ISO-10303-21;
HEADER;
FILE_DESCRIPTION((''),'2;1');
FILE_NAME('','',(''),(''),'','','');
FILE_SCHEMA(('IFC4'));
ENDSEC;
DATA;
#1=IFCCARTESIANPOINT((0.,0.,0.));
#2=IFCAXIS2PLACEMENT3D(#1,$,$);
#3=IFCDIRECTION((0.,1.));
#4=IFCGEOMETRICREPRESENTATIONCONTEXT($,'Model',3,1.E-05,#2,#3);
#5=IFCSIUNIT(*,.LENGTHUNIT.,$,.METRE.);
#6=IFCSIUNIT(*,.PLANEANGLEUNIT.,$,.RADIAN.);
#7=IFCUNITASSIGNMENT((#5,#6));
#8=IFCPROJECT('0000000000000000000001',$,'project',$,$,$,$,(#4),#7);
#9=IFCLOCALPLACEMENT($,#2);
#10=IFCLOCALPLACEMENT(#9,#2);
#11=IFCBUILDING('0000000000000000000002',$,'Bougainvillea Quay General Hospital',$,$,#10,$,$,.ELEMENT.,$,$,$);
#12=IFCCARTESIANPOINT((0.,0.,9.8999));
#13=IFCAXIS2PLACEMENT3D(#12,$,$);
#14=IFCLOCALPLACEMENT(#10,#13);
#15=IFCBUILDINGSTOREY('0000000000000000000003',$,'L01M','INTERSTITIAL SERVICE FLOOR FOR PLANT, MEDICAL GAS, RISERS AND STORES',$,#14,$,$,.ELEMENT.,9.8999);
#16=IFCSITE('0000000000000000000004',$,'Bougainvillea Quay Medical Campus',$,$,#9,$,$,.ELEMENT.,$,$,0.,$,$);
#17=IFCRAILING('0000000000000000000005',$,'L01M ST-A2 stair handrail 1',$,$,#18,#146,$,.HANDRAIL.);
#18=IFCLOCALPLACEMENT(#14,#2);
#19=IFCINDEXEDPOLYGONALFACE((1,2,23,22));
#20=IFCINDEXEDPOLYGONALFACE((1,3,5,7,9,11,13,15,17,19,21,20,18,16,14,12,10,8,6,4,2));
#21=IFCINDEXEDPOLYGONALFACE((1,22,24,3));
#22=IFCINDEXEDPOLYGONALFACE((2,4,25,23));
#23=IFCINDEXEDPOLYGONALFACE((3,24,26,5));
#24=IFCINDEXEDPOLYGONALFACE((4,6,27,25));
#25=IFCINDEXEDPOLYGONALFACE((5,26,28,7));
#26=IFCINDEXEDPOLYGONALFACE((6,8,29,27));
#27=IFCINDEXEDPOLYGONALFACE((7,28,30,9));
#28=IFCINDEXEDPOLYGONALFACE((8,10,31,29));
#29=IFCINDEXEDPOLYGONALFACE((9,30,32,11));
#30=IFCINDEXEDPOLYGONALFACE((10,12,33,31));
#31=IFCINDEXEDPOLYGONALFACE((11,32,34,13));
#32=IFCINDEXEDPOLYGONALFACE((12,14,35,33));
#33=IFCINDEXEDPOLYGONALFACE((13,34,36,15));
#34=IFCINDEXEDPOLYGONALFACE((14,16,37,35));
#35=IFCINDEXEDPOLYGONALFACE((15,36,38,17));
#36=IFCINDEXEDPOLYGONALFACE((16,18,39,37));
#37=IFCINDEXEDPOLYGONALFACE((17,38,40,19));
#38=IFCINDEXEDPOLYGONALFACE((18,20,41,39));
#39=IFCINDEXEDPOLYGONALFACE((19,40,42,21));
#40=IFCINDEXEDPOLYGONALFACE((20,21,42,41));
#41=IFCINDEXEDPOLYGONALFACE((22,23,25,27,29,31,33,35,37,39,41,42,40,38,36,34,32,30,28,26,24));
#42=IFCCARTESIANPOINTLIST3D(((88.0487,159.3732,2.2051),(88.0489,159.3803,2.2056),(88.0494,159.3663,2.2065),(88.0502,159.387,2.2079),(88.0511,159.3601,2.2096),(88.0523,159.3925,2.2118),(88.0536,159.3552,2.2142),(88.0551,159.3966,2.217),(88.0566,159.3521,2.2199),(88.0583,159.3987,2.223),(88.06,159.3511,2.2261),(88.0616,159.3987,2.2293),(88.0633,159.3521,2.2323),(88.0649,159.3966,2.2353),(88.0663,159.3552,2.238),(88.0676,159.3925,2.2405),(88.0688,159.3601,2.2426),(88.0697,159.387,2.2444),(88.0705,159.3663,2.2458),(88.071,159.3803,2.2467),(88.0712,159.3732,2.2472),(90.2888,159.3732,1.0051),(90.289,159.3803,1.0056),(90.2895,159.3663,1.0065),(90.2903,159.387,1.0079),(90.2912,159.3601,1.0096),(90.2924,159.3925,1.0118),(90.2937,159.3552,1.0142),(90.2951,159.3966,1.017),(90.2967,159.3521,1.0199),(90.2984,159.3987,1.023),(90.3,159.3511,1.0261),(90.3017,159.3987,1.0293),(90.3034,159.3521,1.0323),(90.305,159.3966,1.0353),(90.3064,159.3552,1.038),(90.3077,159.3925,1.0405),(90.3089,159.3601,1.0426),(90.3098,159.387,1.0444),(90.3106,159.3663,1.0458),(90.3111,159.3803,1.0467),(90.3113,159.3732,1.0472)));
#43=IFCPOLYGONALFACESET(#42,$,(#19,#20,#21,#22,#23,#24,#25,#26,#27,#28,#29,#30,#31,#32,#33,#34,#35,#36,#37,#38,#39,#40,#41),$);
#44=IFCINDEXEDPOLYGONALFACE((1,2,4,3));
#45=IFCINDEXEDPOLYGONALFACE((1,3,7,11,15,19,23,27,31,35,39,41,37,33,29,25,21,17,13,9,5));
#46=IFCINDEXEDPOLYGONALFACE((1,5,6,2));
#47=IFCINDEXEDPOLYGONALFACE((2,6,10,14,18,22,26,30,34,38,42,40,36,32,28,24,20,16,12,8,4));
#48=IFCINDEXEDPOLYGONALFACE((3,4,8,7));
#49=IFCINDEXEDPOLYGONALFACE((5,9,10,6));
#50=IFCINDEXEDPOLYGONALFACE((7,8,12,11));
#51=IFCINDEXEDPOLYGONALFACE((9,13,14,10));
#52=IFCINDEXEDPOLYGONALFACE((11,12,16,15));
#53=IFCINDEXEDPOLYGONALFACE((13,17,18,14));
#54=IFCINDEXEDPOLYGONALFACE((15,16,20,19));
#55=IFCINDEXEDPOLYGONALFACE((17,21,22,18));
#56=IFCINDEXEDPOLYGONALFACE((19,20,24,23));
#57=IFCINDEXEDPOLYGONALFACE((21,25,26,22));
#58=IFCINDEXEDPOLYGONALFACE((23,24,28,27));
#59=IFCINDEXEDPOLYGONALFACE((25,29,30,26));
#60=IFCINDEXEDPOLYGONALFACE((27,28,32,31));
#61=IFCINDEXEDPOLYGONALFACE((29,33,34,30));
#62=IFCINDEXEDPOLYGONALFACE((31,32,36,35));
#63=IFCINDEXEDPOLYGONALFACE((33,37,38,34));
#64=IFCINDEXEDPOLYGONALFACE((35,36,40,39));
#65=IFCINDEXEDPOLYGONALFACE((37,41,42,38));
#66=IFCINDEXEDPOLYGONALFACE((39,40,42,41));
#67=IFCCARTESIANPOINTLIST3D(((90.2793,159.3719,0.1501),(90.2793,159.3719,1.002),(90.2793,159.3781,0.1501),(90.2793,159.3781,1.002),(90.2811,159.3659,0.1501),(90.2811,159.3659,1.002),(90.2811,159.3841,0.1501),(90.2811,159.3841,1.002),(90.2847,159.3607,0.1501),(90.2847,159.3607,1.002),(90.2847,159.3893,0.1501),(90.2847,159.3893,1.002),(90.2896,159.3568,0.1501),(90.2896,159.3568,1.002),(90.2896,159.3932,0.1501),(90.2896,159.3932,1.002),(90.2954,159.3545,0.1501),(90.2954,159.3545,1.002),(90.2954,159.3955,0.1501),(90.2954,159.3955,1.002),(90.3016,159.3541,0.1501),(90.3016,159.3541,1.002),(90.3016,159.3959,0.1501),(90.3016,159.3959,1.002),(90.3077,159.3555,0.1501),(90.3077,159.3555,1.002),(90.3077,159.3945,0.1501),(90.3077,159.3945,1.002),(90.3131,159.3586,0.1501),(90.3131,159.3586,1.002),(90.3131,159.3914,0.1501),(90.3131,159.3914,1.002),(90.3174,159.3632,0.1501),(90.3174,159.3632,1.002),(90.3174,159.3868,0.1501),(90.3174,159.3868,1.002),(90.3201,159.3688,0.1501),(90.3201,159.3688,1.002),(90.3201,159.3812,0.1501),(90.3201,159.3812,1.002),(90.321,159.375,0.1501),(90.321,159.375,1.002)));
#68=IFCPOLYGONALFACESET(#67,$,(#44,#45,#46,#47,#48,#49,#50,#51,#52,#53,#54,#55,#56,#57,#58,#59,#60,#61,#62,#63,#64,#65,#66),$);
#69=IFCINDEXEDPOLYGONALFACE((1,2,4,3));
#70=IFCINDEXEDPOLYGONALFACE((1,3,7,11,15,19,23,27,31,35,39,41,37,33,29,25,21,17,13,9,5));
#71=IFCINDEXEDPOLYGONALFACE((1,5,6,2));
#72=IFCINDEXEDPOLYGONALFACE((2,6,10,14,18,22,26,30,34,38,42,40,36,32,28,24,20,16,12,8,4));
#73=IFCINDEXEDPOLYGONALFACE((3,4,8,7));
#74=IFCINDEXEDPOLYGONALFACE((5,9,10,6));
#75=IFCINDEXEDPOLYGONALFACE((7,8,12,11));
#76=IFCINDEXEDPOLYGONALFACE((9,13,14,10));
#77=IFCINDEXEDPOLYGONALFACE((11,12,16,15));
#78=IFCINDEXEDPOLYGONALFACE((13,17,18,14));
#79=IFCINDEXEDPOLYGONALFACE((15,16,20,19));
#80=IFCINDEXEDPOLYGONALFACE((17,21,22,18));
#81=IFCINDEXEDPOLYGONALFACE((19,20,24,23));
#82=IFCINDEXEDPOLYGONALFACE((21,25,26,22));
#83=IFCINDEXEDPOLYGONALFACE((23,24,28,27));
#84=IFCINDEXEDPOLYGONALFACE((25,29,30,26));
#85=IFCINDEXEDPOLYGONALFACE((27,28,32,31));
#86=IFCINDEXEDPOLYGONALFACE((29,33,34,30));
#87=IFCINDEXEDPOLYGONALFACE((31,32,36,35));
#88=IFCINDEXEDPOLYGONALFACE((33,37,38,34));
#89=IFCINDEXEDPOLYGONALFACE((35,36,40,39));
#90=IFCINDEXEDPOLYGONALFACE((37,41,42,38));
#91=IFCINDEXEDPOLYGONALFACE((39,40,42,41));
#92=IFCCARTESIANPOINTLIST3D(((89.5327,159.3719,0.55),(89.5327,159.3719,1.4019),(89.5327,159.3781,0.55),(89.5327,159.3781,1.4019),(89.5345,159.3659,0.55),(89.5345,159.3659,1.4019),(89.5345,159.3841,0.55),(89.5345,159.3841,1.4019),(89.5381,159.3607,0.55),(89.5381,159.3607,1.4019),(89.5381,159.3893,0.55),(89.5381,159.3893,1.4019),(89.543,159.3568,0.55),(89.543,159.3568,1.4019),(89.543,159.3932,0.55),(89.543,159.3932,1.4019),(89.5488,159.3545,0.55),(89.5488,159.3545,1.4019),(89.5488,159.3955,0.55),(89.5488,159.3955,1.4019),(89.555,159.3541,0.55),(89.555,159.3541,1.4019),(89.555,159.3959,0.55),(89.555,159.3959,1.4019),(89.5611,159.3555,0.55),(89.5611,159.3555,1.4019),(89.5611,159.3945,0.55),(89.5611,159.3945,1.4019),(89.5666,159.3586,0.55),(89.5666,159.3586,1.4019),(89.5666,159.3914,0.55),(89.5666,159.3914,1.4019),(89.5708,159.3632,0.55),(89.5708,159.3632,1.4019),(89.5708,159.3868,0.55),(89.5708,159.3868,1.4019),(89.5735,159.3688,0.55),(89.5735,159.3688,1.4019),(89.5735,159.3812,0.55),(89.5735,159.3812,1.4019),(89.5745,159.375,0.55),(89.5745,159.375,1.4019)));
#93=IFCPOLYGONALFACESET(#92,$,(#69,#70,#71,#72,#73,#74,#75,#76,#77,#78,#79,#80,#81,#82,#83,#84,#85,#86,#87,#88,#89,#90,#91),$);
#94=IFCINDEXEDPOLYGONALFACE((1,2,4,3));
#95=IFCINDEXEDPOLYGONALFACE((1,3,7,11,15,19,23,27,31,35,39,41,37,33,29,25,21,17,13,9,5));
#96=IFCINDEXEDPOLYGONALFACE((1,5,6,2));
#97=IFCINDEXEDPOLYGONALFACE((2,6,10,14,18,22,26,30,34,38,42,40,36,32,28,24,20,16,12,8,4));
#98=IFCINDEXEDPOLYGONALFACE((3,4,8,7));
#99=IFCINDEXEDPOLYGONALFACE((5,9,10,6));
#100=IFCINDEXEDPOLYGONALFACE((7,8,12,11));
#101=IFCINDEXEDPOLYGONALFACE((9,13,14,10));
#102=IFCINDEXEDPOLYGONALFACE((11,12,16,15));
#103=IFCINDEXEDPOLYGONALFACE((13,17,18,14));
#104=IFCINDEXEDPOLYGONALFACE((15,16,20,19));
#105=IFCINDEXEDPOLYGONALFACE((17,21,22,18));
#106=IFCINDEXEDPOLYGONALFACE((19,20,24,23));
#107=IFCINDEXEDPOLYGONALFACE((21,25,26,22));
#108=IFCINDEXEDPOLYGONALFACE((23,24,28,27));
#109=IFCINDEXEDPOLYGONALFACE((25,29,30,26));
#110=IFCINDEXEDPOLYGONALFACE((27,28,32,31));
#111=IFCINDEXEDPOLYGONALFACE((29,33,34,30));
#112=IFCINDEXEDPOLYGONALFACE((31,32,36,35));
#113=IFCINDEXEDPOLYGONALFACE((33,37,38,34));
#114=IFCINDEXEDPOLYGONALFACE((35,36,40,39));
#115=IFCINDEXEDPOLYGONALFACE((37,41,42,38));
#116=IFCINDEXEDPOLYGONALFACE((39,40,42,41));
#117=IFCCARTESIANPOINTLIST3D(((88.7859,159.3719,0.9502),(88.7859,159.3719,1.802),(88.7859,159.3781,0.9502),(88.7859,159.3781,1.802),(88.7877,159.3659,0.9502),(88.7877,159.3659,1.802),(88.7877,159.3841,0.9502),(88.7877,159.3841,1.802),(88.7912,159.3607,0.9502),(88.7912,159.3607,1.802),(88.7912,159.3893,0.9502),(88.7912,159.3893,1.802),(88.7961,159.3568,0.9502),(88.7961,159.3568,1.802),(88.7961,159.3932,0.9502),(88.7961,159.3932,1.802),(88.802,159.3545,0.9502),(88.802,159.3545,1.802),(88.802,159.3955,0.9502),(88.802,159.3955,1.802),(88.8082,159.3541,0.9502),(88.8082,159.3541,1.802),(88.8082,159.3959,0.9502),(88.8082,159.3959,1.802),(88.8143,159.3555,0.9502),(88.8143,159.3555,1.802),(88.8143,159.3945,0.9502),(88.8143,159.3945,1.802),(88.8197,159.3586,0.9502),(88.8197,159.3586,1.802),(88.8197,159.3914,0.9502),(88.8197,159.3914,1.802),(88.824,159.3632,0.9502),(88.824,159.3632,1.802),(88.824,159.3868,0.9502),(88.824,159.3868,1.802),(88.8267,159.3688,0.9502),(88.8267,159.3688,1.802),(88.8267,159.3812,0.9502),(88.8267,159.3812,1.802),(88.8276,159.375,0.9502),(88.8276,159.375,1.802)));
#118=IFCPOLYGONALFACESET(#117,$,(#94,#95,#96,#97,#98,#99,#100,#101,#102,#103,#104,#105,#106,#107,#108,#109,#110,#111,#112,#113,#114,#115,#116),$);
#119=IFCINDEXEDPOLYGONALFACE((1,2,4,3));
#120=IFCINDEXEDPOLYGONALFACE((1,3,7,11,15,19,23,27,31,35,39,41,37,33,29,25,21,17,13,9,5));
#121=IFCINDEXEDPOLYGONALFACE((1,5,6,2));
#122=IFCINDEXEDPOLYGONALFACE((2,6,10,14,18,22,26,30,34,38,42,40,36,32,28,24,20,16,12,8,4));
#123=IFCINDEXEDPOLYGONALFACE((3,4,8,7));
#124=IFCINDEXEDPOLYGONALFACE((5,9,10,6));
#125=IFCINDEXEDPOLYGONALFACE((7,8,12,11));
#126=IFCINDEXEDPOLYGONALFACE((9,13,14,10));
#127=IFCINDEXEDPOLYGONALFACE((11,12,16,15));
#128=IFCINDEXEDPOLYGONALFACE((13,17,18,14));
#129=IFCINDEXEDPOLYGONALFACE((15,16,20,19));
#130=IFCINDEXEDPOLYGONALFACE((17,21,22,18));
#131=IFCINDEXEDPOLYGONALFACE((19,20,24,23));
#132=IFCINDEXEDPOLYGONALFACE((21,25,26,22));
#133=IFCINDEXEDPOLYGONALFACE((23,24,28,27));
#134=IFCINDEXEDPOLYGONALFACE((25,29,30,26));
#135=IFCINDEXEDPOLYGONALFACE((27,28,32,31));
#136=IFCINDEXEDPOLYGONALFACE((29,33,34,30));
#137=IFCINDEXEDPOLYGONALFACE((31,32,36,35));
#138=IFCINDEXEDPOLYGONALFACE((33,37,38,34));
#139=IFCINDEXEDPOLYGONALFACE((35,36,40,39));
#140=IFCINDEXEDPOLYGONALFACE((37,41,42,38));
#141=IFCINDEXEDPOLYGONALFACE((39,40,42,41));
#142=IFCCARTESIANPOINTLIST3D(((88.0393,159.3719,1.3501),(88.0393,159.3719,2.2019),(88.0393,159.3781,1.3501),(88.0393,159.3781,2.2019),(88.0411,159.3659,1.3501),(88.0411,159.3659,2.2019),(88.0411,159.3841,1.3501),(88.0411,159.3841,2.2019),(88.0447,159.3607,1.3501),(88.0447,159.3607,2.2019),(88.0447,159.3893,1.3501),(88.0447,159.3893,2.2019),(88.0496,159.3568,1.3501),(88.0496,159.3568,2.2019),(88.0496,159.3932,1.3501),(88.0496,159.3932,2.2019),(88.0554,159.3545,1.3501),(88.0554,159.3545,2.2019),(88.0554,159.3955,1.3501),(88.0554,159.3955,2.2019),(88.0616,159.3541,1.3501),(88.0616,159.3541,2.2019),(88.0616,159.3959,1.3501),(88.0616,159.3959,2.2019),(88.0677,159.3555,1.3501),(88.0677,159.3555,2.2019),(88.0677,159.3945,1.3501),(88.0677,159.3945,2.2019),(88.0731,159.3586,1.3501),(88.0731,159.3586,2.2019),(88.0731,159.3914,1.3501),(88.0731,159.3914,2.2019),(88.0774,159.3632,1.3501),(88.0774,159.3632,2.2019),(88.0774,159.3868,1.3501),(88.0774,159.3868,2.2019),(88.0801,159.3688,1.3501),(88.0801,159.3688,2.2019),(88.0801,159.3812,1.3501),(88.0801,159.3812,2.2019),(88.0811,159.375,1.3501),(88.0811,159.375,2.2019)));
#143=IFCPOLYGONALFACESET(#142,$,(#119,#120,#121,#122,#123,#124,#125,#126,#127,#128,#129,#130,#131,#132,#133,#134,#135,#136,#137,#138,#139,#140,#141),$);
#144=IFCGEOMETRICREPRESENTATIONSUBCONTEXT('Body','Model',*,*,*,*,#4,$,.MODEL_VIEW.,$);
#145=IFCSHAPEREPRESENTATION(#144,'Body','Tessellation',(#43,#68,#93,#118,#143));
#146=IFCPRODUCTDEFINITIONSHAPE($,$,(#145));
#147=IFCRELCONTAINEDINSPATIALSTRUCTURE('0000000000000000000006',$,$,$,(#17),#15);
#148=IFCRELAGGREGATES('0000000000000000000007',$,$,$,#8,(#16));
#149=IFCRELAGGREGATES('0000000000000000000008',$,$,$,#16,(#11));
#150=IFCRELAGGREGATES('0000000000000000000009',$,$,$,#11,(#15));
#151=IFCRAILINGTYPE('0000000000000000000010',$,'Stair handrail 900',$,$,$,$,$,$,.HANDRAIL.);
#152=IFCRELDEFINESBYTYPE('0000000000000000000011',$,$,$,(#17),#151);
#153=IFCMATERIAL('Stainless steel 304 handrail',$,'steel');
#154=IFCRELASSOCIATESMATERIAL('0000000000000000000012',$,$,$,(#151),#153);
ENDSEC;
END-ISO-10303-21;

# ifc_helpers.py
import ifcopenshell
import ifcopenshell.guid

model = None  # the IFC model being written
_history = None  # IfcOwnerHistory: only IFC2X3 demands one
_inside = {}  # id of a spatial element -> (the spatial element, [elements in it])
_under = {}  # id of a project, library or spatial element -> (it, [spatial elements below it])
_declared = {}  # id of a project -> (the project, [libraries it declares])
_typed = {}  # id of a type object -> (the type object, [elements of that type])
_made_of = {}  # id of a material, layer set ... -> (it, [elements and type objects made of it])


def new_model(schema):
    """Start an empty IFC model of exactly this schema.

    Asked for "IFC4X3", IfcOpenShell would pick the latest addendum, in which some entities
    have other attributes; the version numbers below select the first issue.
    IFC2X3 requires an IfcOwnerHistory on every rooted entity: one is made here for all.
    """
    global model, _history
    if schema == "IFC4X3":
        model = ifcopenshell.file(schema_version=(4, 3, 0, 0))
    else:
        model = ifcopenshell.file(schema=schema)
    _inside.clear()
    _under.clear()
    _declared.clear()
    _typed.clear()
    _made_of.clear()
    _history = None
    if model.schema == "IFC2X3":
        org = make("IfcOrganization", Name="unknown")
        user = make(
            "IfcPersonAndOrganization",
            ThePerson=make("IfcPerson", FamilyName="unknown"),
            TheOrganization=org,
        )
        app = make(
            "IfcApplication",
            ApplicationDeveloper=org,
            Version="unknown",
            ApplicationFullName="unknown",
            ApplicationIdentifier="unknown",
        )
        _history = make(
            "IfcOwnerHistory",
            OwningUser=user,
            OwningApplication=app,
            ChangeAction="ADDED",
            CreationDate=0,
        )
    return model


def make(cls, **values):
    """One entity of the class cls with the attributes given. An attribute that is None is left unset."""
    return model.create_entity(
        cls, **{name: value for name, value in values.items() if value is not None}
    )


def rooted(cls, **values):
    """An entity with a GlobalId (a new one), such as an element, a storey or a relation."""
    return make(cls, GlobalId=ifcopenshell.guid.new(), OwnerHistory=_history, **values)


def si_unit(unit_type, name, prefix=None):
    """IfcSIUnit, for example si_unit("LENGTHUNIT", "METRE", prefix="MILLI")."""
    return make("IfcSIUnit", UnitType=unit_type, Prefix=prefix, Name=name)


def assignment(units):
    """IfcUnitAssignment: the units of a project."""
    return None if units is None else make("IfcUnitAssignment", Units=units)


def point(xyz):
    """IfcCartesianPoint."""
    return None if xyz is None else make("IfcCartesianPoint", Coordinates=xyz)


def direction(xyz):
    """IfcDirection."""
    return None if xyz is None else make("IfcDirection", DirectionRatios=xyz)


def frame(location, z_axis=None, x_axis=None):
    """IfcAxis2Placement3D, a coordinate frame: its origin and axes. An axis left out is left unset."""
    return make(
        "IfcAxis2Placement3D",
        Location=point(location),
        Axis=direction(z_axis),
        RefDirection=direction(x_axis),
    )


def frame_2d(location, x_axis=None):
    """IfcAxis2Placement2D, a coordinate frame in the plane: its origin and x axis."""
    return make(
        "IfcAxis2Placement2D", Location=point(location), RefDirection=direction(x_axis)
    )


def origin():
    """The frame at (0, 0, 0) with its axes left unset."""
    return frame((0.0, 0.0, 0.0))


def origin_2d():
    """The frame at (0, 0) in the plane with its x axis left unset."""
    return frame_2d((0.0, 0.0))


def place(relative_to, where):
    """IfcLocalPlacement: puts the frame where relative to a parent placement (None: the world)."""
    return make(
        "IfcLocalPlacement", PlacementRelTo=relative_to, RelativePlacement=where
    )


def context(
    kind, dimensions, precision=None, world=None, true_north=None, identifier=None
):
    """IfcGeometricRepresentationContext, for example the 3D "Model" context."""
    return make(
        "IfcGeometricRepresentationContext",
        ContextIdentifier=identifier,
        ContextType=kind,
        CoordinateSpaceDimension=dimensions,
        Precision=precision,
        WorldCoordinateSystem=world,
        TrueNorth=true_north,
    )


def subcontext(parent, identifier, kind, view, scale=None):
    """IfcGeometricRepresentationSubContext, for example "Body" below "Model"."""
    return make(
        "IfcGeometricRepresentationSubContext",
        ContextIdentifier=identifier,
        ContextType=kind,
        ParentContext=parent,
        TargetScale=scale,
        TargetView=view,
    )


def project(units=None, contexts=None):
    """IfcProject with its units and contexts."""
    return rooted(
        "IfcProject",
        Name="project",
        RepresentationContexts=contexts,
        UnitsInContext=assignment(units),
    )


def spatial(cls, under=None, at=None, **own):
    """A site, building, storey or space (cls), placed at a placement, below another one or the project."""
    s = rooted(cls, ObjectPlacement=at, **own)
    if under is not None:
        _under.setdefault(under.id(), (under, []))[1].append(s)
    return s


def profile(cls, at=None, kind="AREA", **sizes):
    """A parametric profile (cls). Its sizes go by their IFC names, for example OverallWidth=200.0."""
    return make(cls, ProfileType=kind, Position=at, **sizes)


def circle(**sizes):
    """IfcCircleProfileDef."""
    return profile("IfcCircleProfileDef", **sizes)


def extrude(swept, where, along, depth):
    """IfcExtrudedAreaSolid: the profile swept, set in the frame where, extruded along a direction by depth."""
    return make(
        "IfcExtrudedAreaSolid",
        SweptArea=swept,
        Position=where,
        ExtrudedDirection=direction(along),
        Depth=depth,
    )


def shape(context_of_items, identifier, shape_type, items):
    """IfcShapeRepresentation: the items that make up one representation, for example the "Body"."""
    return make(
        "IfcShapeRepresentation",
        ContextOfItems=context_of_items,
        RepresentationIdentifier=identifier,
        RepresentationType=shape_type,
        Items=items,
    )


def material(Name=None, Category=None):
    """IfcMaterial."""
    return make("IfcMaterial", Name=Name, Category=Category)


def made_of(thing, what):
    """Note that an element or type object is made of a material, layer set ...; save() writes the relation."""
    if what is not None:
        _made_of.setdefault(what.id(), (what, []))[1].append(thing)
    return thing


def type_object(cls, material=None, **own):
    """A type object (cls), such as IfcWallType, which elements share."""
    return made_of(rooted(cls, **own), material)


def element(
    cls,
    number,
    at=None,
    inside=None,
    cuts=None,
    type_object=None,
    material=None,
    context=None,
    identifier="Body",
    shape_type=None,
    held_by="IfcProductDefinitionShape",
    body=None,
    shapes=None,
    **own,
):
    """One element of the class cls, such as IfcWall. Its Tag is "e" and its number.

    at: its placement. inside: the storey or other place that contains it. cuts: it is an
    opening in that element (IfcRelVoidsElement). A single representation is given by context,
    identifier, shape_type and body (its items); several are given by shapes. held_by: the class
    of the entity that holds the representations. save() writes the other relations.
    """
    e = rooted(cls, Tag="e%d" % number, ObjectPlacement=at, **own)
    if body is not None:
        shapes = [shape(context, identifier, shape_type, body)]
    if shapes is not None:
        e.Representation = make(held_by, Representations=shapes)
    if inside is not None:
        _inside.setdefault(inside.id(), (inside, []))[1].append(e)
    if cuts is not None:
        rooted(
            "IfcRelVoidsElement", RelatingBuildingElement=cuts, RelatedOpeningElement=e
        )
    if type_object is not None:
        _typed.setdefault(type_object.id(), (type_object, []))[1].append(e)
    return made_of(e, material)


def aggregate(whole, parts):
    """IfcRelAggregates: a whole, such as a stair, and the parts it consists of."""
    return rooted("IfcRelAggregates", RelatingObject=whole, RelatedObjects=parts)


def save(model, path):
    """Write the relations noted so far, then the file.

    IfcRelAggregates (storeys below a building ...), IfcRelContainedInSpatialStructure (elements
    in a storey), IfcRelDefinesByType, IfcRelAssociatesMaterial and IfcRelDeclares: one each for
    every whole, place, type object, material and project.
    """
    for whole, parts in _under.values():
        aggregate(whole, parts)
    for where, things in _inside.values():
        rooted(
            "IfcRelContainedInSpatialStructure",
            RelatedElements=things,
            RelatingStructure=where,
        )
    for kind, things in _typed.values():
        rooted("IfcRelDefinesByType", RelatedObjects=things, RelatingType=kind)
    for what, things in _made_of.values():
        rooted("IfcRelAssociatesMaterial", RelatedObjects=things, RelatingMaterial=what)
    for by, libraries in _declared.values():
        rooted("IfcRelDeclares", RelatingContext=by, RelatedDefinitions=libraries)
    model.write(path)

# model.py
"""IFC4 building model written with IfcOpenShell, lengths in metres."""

from ifc_helpers import new_model, si_unit, direction, frame, origin, origin_2d, place, context, subcontext, project, spatial, circle, extrude, material, type_object, element, save


model = new_model("IFC4")

# Units and contexts
model_context = context("Model", 3, precision=1e-05, world=origin(), true_north=direction((0.0, 1.0)))
body_context = subcontext(model_context, "Body", "Model", "MODEL_VIEW")
ifc_project = project(units=[si_unit("LENGTHUNIT", "METRE"), si_unit("PLANEANGLEUNIT", "RADIAN")], contexts=[model_context])

# Site, building, storey
site_placement = place(None, origin())
site = spatial("IfcSite", under=ifc_project, at=site_placement, Name="Bougainvillea Quay Medical Campus", CompositionType="ELEMENT", RefElevation=0.0)
building_placement = place(site_placement, origin())
building = spatial("IfcBuilding", under=site, at=building_placement, Name="Bougainvillea Quay General Hospital", CompositionType="ELEMENT")
storey_placement = place(building_placement, frame((0.0, 0.0, 9.8999)))
storey = spatial("IfcBuildingStorey", under=building, at=storey_placement, Name="L01M", Description="INTERSTITIAL SERVICE FLOOR FOR PLANT, MEDICAL GAS, RISERS AND STORES", CompositionType="ELEMENT", Elevation=9.8999)

# Railing
ifc_material_1 = material(Name="Stainless steel 304 handrail", Category="steel")
railing_type_1 = type_object("IfcRailingType", Name="Stair handrail 900", PredefinedType="HANDRAIL", material=ifc_material_1)
railing_1_placement = place(storey_placement, frame((90.3, 159.375, 0.1501)))
element("IfcRailing", 1, at=railing_1_placement, inside=storey, type_object=railing_type_1, Name="L01M ST-A2 stair handrail 1", PredefinedType="HANDRAIL", context=body_context, shape_type="SweptSolid", body=[
    extrude(circle(Radius=0.0239, at=origin_2d()), frame((0.0, 0.0, 0.876), z_axis=(-0.881487, 0.0, 0.472208), x_axis=(0.0, -1.0, 0.0)), (0.0, 0.0, 1.0), 2.5413),
    extrude(circle(Radius=0.021, at=origin_2d()), origin(), (0.0, 0.0, 1.0), 0.8518),
    extrude(circle(Radius=0.021, at=origin_2d()), frame((-0.7466, 0.0, 0.3999)), (0.0, 0.0, 1.0), 0.8518),
    extrude(circle(Radius=0.021, at=origin_2d()), frame((-1.4934, 0.0, 0.8)), (0.0, 0.0, 1.0), 0.8518),
    extrude(circle(Radius=0.021, at=origin_2d()), frame((-2.24, 0.0, 1.2)), (0.0, 0.0, 1.0), 0.8518),
])

save(model, "model.ifc")
